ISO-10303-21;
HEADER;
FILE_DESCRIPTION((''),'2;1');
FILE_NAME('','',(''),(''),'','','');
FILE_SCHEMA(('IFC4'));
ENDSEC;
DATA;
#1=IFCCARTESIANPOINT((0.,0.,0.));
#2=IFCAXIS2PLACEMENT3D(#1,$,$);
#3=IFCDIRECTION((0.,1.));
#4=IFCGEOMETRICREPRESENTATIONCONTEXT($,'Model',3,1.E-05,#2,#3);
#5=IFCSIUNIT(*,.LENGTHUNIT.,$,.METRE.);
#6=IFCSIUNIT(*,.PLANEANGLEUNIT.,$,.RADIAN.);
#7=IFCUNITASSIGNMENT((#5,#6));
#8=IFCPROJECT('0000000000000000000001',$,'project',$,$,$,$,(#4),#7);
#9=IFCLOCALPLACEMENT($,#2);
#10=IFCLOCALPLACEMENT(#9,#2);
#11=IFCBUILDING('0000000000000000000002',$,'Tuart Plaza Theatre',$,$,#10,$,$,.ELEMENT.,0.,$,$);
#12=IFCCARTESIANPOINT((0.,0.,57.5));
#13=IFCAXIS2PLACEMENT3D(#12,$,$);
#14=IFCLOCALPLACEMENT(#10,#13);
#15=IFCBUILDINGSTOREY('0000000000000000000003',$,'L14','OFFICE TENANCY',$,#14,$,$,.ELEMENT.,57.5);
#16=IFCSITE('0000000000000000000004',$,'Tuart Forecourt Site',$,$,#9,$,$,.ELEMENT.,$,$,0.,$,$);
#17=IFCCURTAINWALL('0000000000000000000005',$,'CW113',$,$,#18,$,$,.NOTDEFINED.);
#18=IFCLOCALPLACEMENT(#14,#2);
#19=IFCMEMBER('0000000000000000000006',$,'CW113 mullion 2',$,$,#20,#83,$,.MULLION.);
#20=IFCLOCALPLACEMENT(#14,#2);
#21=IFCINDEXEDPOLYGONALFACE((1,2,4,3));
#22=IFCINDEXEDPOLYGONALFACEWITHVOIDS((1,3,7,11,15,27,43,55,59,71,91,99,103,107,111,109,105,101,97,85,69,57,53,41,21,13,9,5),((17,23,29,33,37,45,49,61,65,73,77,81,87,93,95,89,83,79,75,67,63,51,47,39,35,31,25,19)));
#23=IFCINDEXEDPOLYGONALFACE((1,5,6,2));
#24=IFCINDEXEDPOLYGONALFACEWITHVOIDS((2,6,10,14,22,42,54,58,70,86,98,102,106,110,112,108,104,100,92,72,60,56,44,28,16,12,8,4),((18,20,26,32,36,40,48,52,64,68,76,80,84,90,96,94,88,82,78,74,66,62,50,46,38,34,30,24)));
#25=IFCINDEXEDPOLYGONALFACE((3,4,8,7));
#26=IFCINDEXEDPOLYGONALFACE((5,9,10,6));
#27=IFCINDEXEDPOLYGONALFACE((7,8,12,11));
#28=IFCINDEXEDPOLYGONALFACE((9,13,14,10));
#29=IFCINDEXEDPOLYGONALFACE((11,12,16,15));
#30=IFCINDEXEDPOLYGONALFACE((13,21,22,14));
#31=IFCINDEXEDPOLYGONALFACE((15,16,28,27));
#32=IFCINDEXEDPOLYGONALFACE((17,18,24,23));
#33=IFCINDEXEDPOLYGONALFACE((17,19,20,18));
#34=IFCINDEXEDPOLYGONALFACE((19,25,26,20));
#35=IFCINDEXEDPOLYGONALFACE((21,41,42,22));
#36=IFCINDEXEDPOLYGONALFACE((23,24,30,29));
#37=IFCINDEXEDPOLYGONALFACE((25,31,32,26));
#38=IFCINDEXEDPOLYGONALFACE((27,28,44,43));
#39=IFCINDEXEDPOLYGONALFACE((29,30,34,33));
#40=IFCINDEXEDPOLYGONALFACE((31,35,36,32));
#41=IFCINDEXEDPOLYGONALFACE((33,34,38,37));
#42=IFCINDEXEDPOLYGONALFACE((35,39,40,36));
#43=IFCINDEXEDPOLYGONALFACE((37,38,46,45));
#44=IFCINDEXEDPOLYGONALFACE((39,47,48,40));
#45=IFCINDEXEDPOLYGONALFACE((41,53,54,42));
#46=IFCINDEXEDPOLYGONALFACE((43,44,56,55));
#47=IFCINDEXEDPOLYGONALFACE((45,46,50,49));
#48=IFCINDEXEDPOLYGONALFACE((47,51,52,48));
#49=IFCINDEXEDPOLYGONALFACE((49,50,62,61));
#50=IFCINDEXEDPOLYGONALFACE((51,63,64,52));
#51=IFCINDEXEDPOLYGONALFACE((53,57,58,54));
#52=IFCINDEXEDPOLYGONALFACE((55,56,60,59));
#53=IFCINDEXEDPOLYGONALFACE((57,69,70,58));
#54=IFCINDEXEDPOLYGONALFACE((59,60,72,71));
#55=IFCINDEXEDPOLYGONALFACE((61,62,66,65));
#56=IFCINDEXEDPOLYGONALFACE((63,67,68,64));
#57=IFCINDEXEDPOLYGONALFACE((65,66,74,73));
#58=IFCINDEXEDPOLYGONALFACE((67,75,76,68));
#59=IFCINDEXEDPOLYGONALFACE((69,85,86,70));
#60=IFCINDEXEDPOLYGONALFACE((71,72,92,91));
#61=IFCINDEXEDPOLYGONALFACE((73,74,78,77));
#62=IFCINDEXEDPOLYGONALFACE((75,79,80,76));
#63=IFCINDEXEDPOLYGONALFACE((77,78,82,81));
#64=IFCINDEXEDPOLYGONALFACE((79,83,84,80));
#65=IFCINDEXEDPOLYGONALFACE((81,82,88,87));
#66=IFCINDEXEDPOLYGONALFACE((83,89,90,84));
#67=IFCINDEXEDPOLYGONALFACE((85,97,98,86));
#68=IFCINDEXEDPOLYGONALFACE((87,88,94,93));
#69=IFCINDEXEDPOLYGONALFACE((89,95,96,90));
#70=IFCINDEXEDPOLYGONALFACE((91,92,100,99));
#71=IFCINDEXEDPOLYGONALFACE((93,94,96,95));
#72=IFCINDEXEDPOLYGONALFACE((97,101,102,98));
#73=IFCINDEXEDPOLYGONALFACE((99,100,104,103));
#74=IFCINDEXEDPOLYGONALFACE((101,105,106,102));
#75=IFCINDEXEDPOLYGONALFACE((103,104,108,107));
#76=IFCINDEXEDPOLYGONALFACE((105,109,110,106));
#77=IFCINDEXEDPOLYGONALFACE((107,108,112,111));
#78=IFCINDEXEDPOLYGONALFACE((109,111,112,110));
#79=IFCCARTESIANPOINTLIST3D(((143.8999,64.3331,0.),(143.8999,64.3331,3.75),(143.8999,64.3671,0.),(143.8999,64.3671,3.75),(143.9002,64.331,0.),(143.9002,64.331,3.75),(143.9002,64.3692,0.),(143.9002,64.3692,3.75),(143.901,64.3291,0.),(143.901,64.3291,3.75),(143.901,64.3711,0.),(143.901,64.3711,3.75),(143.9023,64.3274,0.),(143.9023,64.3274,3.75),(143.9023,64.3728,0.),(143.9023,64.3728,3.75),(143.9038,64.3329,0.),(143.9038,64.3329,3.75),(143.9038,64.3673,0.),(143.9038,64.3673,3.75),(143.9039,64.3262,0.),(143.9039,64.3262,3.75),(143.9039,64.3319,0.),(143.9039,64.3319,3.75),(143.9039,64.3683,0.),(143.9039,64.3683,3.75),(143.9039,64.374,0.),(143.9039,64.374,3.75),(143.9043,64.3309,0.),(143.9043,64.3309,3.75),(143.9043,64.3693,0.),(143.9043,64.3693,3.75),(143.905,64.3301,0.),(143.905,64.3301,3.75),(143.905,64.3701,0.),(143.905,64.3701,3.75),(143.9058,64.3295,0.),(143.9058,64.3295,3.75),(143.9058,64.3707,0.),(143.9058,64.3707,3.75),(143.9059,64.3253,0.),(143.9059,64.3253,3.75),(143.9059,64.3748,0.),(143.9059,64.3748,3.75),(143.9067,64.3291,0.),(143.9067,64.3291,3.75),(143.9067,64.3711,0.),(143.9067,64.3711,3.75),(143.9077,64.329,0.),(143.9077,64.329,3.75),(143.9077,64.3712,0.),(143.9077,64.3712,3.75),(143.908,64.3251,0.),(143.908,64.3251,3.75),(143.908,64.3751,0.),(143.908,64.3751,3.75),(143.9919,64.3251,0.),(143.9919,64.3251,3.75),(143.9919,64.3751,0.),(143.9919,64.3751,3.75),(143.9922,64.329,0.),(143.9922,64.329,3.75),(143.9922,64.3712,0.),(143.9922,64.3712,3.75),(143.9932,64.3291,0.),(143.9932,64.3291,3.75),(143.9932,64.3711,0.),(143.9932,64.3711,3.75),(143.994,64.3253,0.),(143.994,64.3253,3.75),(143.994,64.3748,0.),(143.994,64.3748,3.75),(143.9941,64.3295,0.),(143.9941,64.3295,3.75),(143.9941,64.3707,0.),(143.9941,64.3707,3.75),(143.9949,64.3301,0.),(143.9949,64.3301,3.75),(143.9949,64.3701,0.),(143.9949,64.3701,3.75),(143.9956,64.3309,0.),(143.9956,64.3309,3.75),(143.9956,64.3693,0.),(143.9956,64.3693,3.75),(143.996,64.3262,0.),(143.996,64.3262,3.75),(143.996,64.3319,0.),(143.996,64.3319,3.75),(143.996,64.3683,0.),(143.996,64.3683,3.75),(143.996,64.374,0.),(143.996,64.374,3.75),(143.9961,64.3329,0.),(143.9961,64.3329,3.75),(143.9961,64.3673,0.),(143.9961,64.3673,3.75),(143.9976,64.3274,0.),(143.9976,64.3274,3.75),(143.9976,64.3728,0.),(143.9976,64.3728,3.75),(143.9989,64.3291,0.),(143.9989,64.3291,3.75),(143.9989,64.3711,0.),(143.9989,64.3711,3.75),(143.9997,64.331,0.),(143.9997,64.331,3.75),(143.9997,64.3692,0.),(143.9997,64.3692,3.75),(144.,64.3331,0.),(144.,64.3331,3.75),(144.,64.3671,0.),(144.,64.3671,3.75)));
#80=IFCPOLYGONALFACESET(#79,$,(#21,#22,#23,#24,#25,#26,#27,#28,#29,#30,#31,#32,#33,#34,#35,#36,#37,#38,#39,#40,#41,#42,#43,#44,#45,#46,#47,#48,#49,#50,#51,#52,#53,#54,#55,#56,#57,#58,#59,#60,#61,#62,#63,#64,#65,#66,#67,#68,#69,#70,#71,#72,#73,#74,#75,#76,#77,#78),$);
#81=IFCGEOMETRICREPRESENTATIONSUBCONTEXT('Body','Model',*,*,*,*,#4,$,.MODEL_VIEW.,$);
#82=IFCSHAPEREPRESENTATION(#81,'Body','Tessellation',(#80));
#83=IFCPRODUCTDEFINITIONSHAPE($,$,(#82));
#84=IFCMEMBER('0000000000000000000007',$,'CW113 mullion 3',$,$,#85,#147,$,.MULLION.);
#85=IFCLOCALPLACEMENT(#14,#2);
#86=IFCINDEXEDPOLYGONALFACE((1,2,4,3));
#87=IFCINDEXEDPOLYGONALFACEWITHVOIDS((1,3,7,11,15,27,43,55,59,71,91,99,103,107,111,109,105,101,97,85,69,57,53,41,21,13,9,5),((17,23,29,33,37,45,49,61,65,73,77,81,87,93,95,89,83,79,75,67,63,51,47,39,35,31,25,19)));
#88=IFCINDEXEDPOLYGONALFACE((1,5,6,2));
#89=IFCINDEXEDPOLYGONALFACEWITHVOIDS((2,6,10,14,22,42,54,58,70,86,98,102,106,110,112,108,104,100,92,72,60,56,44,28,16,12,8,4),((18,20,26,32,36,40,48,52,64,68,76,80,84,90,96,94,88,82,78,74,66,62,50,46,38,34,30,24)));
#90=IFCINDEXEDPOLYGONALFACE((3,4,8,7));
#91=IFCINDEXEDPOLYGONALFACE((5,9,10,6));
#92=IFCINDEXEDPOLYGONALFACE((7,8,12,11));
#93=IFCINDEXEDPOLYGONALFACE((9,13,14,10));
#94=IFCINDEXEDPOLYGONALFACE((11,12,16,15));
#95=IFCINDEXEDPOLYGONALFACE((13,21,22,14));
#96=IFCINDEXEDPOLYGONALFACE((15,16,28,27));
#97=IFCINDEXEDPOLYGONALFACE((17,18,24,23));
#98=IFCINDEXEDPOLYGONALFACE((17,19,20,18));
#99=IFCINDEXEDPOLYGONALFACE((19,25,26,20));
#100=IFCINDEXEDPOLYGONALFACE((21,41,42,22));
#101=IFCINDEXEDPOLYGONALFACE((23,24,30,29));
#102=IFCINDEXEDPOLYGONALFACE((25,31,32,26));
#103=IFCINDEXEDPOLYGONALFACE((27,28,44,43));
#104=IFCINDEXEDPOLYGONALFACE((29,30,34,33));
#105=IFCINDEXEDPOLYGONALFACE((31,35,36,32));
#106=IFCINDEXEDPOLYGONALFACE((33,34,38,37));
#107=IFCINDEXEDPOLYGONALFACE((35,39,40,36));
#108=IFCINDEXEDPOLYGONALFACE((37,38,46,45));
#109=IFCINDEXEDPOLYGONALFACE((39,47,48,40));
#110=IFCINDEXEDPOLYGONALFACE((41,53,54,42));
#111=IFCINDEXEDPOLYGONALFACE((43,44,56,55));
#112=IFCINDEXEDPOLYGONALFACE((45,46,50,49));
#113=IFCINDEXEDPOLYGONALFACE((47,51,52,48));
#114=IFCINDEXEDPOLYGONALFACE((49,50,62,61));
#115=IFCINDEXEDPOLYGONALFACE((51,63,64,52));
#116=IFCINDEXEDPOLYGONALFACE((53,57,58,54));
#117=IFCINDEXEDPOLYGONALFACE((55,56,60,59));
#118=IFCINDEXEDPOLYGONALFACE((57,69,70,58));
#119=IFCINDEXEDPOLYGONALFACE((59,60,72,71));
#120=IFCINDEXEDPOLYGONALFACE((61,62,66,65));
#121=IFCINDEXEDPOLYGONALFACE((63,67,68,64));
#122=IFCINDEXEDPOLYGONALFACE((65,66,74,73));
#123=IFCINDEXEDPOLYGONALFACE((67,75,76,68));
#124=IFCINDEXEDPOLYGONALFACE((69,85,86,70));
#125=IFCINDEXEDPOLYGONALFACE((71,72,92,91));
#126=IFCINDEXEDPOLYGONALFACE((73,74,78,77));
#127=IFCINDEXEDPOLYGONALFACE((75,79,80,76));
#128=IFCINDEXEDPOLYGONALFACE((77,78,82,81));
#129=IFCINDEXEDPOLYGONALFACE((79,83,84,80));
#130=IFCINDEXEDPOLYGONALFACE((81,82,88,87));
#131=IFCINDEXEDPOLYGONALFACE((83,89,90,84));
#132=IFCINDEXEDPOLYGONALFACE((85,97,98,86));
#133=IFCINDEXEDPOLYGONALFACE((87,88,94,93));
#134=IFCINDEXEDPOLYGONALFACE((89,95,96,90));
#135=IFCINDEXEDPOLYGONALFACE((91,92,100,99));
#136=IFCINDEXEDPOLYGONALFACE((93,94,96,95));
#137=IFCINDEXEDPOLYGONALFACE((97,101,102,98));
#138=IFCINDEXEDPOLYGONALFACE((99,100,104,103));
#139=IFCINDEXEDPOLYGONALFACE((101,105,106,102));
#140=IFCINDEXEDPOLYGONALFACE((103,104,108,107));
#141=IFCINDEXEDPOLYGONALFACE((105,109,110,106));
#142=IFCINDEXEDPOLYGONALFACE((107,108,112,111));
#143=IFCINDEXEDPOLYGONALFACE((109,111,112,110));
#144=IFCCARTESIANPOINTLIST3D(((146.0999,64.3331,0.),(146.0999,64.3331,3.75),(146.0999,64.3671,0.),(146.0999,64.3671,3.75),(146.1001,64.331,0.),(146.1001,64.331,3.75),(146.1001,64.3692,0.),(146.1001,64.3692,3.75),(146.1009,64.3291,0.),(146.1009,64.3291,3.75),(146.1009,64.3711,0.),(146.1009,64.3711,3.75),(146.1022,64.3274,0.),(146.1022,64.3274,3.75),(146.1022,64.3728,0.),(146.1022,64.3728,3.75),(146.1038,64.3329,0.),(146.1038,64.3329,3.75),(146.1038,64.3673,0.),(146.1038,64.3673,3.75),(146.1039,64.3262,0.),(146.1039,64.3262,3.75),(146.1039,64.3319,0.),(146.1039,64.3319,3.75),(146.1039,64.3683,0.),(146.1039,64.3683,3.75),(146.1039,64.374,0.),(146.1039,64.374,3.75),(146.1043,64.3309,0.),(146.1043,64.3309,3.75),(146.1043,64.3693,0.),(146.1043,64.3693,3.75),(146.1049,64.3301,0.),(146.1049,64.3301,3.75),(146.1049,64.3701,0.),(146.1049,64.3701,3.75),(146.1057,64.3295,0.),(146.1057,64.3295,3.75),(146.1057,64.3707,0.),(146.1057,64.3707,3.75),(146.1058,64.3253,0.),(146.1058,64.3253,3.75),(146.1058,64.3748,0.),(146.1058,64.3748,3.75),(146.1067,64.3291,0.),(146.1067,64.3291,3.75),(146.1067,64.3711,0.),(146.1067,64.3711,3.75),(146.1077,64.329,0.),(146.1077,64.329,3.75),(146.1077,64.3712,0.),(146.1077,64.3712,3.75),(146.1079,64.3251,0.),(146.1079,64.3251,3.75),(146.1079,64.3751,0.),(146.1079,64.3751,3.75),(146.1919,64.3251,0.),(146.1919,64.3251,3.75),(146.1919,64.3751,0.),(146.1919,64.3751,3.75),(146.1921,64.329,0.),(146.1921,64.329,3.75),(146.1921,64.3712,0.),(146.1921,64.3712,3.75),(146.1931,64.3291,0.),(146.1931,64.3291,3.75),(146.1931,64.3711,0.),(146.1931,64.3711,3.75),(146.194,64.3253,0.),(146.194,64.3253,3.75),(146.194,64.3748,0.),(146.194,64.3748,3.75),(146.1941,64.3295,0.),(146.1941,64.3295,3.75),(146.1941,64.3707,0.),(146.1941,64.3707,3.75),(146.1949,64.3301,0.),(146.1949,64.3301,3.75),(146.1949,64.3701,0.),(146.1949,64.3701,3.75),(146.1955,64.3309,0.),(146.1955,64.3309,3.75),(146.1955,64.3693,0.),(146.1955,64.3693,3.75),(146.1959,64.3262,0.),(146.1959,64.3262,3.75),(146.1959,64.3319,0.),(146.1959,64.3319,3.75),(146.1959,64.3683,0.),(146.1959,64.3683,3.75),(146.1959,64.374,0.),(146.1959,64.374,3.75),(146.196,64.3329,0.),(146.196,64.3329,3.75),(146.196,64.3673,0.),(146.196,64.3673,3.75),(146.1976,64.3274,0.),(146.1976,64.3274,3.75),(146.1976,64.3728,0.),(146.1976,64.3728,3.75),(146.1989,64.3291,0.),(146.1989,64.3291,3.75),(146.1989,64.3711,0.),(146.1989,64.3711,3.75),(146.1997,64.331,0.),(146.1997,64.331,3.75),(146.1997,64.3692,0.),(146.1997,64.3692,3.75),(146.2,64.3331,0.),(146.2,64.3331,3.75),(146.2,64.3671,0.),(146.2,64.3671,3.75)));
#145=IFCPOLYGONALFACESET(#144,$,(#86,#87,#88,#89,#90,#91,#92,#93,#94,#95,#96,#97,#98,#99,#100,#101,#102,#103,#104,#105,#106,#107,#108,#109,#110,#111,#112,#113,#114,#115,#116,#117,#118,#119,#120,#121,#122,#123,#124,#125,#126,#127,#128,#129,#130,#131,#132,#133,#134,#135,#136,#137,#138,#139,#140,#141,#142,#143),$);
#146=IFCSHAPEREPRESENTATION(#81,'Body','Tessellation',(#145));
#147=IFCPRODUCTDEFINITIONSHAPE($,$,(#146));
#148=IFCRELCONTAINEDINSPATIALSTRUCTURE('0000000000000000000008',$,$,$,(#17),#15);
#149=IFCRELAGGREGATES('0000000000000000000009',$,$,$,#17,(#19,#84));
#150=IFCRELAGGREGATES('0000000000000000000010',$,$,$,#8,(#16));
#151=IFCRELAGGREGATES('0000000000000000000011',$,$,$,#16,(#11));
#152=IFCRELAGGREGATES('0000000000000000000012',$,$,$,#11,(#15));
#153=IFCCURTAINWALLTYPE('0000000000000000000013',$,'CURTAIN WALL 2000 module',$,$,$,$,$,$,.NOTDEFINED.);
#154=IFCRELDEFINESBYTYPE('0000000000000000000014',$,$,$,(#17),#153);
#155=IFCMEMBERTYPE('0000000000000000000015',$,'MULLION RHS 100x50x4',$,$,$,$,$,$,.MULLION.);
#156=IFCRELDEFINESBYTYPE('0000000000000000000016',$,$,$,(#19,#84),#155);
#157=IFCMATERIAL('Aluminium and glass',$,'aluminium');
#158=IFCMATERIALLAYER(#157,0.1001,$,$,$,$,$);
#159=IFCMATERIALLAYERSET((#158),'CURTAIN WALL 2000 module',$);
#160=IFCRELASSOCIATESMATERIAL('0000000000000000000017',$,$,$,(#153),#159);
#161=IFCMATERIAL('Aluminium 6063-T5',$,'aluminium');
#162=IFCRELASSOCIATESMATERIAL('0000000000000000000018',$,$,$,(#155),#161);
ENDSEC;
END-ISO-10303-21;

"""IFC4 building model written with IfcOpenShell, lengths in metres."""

from ifc_helpers import new_model, si_unit, direction, frame, origin, origin_2d, place, context, subcontext, project, spatial, hollow_rectangle, extrude, material, layer, layer_set, material_profile, profile_set, type_object, element, aggregate, save


model = new_model("IFC4")

# Units and contexts
model_context = context("Model", 3, precision=1e-05, world=origin(), true_north=direction((0.0, 1.0)))
body_context = subcontext(model_context, "Body", "Model", "MODEL_VIEW")
ifc_project = project(units=[si_unit("LENGTHUNIT", "METRE"), si_unit("PLANEANGLEUNIT", "RADIAN")], contexts=[model_context])

# Site, building, storey
site_placement = place(None, origin())
site = spatial("IfcSite", under=ifc_project, at=site_placement, Name="Tuart Forecourt Site", CompositionType="ELEMENT", RefElevation=0.0)
building_placement = place(site_placement, origin())
building = spatial("IfcBuilding", under=site, at=building_placement, Name="Tuart Plaza Theatre", CompositionType="ELEMENT", ElevationOfRefHeight=0.0)
storey_placement = place(building_placement, frame((0.0, 0.0, 57.5)))
storey = spatial("IfcBuildingStorey", under=building, at=storey_placement, Name="L14", Description="OFFICE TENANCY", CompositionType="ELEMENT", Elevation=57.5)

# Curtain wall, members
ifc_material_1 = material(Name="Aluminium and glass", Category="aluminium")
ifc_layer_1 = layer(ifc_material_1, 0.1001)
ifc_layer_set_1 = layer_set([ifc_layer_1], Name="CURTAIN WALL 2000 module")
curtain_wall_type = type_object("IfcCurtainWallType", Name="CURTAIN WALL 2000 module", PredefinedType="NOTDEFINED", material=ifc_layer_set_1)
curtain_wall_placement = place(storey_placement, origin())
curtain_wall = element("IfcCurtainWall", 1, at=curtain_wall_placement, inside=storey, type_object=curtain_wall_type, Name="CW113", PredefinedType="NOTDEFINED")
ifc_material_2 = material(Name="Aluminium 6063-T5", Category="aluminium")
ifc_material_profile_1 = material_profile(ifc_material_2, hollow_rectangle(XDim=0.05, YDim=0.1001, WallThickness=0.0039, InnerFilletRadius=0.0039, OuterFilletRadius=0.0081, at=origin_2d()), Name="RHS 100x50x4")
ifc_profile_set_1 = profile_set([ifc_material_profile_1], Name="Aluminium 6063-T5")
member_type_1 = type_object("IfcMemberType", Name="MULLION RHS 100x50x4", PredefinedType="MULLION", material=ifc_profile_set_1)
member_1_placement = place(storey_placement, frame((143.95, 64.3501, 0.0), z_axis=(0.0, 0.0, 1.0), x_axis=(0.0, 1.0, 0.0)))
member_1 = element("IfcMember", 2, at=member_1_placement, type_object=member_type_1, Name="CW113 mullion 2", PredefinedType="MULLION", context=body_context, shape_type="SweptSolid", body=[
    extrude(hollow_rectangle(XDim=0.05, YDim=0.1001, WallThickness=0.0039, InnerFilletRadius=0.0039, OuterFilletRadius=0.0081, at=origin_2d()), origin(), (0.0, 0.0, 1.0), 3.75),
])
member_2_placement = place(storey_placement, frame((146.1499, 64.3501, 0.0), z_axis=(0.0, 0.0, 1.0), x_axis=(0.0, 1.0, 0.0)))
member_2 = element("IfcMember", 3, at=member_2_placement, type_object=member_type_1, Name="CW113 mullion 3", PredefinedType="MULLION", context=body_context, shape_type="SweptSolid", body=[
    extrude(hollow_rectangle(XDim=0.05, YDim=0.1001, WallThickness=0.0039, InnerFilletRadius=0.0039, OuterFilletRadius=0.0081, at=origin_2d()), origin(), (0.0, 0.0, 1.0), 3.75),
])
aggregate(curtain_wall, [member_1, member_2])

save(model, "model.ifc")
